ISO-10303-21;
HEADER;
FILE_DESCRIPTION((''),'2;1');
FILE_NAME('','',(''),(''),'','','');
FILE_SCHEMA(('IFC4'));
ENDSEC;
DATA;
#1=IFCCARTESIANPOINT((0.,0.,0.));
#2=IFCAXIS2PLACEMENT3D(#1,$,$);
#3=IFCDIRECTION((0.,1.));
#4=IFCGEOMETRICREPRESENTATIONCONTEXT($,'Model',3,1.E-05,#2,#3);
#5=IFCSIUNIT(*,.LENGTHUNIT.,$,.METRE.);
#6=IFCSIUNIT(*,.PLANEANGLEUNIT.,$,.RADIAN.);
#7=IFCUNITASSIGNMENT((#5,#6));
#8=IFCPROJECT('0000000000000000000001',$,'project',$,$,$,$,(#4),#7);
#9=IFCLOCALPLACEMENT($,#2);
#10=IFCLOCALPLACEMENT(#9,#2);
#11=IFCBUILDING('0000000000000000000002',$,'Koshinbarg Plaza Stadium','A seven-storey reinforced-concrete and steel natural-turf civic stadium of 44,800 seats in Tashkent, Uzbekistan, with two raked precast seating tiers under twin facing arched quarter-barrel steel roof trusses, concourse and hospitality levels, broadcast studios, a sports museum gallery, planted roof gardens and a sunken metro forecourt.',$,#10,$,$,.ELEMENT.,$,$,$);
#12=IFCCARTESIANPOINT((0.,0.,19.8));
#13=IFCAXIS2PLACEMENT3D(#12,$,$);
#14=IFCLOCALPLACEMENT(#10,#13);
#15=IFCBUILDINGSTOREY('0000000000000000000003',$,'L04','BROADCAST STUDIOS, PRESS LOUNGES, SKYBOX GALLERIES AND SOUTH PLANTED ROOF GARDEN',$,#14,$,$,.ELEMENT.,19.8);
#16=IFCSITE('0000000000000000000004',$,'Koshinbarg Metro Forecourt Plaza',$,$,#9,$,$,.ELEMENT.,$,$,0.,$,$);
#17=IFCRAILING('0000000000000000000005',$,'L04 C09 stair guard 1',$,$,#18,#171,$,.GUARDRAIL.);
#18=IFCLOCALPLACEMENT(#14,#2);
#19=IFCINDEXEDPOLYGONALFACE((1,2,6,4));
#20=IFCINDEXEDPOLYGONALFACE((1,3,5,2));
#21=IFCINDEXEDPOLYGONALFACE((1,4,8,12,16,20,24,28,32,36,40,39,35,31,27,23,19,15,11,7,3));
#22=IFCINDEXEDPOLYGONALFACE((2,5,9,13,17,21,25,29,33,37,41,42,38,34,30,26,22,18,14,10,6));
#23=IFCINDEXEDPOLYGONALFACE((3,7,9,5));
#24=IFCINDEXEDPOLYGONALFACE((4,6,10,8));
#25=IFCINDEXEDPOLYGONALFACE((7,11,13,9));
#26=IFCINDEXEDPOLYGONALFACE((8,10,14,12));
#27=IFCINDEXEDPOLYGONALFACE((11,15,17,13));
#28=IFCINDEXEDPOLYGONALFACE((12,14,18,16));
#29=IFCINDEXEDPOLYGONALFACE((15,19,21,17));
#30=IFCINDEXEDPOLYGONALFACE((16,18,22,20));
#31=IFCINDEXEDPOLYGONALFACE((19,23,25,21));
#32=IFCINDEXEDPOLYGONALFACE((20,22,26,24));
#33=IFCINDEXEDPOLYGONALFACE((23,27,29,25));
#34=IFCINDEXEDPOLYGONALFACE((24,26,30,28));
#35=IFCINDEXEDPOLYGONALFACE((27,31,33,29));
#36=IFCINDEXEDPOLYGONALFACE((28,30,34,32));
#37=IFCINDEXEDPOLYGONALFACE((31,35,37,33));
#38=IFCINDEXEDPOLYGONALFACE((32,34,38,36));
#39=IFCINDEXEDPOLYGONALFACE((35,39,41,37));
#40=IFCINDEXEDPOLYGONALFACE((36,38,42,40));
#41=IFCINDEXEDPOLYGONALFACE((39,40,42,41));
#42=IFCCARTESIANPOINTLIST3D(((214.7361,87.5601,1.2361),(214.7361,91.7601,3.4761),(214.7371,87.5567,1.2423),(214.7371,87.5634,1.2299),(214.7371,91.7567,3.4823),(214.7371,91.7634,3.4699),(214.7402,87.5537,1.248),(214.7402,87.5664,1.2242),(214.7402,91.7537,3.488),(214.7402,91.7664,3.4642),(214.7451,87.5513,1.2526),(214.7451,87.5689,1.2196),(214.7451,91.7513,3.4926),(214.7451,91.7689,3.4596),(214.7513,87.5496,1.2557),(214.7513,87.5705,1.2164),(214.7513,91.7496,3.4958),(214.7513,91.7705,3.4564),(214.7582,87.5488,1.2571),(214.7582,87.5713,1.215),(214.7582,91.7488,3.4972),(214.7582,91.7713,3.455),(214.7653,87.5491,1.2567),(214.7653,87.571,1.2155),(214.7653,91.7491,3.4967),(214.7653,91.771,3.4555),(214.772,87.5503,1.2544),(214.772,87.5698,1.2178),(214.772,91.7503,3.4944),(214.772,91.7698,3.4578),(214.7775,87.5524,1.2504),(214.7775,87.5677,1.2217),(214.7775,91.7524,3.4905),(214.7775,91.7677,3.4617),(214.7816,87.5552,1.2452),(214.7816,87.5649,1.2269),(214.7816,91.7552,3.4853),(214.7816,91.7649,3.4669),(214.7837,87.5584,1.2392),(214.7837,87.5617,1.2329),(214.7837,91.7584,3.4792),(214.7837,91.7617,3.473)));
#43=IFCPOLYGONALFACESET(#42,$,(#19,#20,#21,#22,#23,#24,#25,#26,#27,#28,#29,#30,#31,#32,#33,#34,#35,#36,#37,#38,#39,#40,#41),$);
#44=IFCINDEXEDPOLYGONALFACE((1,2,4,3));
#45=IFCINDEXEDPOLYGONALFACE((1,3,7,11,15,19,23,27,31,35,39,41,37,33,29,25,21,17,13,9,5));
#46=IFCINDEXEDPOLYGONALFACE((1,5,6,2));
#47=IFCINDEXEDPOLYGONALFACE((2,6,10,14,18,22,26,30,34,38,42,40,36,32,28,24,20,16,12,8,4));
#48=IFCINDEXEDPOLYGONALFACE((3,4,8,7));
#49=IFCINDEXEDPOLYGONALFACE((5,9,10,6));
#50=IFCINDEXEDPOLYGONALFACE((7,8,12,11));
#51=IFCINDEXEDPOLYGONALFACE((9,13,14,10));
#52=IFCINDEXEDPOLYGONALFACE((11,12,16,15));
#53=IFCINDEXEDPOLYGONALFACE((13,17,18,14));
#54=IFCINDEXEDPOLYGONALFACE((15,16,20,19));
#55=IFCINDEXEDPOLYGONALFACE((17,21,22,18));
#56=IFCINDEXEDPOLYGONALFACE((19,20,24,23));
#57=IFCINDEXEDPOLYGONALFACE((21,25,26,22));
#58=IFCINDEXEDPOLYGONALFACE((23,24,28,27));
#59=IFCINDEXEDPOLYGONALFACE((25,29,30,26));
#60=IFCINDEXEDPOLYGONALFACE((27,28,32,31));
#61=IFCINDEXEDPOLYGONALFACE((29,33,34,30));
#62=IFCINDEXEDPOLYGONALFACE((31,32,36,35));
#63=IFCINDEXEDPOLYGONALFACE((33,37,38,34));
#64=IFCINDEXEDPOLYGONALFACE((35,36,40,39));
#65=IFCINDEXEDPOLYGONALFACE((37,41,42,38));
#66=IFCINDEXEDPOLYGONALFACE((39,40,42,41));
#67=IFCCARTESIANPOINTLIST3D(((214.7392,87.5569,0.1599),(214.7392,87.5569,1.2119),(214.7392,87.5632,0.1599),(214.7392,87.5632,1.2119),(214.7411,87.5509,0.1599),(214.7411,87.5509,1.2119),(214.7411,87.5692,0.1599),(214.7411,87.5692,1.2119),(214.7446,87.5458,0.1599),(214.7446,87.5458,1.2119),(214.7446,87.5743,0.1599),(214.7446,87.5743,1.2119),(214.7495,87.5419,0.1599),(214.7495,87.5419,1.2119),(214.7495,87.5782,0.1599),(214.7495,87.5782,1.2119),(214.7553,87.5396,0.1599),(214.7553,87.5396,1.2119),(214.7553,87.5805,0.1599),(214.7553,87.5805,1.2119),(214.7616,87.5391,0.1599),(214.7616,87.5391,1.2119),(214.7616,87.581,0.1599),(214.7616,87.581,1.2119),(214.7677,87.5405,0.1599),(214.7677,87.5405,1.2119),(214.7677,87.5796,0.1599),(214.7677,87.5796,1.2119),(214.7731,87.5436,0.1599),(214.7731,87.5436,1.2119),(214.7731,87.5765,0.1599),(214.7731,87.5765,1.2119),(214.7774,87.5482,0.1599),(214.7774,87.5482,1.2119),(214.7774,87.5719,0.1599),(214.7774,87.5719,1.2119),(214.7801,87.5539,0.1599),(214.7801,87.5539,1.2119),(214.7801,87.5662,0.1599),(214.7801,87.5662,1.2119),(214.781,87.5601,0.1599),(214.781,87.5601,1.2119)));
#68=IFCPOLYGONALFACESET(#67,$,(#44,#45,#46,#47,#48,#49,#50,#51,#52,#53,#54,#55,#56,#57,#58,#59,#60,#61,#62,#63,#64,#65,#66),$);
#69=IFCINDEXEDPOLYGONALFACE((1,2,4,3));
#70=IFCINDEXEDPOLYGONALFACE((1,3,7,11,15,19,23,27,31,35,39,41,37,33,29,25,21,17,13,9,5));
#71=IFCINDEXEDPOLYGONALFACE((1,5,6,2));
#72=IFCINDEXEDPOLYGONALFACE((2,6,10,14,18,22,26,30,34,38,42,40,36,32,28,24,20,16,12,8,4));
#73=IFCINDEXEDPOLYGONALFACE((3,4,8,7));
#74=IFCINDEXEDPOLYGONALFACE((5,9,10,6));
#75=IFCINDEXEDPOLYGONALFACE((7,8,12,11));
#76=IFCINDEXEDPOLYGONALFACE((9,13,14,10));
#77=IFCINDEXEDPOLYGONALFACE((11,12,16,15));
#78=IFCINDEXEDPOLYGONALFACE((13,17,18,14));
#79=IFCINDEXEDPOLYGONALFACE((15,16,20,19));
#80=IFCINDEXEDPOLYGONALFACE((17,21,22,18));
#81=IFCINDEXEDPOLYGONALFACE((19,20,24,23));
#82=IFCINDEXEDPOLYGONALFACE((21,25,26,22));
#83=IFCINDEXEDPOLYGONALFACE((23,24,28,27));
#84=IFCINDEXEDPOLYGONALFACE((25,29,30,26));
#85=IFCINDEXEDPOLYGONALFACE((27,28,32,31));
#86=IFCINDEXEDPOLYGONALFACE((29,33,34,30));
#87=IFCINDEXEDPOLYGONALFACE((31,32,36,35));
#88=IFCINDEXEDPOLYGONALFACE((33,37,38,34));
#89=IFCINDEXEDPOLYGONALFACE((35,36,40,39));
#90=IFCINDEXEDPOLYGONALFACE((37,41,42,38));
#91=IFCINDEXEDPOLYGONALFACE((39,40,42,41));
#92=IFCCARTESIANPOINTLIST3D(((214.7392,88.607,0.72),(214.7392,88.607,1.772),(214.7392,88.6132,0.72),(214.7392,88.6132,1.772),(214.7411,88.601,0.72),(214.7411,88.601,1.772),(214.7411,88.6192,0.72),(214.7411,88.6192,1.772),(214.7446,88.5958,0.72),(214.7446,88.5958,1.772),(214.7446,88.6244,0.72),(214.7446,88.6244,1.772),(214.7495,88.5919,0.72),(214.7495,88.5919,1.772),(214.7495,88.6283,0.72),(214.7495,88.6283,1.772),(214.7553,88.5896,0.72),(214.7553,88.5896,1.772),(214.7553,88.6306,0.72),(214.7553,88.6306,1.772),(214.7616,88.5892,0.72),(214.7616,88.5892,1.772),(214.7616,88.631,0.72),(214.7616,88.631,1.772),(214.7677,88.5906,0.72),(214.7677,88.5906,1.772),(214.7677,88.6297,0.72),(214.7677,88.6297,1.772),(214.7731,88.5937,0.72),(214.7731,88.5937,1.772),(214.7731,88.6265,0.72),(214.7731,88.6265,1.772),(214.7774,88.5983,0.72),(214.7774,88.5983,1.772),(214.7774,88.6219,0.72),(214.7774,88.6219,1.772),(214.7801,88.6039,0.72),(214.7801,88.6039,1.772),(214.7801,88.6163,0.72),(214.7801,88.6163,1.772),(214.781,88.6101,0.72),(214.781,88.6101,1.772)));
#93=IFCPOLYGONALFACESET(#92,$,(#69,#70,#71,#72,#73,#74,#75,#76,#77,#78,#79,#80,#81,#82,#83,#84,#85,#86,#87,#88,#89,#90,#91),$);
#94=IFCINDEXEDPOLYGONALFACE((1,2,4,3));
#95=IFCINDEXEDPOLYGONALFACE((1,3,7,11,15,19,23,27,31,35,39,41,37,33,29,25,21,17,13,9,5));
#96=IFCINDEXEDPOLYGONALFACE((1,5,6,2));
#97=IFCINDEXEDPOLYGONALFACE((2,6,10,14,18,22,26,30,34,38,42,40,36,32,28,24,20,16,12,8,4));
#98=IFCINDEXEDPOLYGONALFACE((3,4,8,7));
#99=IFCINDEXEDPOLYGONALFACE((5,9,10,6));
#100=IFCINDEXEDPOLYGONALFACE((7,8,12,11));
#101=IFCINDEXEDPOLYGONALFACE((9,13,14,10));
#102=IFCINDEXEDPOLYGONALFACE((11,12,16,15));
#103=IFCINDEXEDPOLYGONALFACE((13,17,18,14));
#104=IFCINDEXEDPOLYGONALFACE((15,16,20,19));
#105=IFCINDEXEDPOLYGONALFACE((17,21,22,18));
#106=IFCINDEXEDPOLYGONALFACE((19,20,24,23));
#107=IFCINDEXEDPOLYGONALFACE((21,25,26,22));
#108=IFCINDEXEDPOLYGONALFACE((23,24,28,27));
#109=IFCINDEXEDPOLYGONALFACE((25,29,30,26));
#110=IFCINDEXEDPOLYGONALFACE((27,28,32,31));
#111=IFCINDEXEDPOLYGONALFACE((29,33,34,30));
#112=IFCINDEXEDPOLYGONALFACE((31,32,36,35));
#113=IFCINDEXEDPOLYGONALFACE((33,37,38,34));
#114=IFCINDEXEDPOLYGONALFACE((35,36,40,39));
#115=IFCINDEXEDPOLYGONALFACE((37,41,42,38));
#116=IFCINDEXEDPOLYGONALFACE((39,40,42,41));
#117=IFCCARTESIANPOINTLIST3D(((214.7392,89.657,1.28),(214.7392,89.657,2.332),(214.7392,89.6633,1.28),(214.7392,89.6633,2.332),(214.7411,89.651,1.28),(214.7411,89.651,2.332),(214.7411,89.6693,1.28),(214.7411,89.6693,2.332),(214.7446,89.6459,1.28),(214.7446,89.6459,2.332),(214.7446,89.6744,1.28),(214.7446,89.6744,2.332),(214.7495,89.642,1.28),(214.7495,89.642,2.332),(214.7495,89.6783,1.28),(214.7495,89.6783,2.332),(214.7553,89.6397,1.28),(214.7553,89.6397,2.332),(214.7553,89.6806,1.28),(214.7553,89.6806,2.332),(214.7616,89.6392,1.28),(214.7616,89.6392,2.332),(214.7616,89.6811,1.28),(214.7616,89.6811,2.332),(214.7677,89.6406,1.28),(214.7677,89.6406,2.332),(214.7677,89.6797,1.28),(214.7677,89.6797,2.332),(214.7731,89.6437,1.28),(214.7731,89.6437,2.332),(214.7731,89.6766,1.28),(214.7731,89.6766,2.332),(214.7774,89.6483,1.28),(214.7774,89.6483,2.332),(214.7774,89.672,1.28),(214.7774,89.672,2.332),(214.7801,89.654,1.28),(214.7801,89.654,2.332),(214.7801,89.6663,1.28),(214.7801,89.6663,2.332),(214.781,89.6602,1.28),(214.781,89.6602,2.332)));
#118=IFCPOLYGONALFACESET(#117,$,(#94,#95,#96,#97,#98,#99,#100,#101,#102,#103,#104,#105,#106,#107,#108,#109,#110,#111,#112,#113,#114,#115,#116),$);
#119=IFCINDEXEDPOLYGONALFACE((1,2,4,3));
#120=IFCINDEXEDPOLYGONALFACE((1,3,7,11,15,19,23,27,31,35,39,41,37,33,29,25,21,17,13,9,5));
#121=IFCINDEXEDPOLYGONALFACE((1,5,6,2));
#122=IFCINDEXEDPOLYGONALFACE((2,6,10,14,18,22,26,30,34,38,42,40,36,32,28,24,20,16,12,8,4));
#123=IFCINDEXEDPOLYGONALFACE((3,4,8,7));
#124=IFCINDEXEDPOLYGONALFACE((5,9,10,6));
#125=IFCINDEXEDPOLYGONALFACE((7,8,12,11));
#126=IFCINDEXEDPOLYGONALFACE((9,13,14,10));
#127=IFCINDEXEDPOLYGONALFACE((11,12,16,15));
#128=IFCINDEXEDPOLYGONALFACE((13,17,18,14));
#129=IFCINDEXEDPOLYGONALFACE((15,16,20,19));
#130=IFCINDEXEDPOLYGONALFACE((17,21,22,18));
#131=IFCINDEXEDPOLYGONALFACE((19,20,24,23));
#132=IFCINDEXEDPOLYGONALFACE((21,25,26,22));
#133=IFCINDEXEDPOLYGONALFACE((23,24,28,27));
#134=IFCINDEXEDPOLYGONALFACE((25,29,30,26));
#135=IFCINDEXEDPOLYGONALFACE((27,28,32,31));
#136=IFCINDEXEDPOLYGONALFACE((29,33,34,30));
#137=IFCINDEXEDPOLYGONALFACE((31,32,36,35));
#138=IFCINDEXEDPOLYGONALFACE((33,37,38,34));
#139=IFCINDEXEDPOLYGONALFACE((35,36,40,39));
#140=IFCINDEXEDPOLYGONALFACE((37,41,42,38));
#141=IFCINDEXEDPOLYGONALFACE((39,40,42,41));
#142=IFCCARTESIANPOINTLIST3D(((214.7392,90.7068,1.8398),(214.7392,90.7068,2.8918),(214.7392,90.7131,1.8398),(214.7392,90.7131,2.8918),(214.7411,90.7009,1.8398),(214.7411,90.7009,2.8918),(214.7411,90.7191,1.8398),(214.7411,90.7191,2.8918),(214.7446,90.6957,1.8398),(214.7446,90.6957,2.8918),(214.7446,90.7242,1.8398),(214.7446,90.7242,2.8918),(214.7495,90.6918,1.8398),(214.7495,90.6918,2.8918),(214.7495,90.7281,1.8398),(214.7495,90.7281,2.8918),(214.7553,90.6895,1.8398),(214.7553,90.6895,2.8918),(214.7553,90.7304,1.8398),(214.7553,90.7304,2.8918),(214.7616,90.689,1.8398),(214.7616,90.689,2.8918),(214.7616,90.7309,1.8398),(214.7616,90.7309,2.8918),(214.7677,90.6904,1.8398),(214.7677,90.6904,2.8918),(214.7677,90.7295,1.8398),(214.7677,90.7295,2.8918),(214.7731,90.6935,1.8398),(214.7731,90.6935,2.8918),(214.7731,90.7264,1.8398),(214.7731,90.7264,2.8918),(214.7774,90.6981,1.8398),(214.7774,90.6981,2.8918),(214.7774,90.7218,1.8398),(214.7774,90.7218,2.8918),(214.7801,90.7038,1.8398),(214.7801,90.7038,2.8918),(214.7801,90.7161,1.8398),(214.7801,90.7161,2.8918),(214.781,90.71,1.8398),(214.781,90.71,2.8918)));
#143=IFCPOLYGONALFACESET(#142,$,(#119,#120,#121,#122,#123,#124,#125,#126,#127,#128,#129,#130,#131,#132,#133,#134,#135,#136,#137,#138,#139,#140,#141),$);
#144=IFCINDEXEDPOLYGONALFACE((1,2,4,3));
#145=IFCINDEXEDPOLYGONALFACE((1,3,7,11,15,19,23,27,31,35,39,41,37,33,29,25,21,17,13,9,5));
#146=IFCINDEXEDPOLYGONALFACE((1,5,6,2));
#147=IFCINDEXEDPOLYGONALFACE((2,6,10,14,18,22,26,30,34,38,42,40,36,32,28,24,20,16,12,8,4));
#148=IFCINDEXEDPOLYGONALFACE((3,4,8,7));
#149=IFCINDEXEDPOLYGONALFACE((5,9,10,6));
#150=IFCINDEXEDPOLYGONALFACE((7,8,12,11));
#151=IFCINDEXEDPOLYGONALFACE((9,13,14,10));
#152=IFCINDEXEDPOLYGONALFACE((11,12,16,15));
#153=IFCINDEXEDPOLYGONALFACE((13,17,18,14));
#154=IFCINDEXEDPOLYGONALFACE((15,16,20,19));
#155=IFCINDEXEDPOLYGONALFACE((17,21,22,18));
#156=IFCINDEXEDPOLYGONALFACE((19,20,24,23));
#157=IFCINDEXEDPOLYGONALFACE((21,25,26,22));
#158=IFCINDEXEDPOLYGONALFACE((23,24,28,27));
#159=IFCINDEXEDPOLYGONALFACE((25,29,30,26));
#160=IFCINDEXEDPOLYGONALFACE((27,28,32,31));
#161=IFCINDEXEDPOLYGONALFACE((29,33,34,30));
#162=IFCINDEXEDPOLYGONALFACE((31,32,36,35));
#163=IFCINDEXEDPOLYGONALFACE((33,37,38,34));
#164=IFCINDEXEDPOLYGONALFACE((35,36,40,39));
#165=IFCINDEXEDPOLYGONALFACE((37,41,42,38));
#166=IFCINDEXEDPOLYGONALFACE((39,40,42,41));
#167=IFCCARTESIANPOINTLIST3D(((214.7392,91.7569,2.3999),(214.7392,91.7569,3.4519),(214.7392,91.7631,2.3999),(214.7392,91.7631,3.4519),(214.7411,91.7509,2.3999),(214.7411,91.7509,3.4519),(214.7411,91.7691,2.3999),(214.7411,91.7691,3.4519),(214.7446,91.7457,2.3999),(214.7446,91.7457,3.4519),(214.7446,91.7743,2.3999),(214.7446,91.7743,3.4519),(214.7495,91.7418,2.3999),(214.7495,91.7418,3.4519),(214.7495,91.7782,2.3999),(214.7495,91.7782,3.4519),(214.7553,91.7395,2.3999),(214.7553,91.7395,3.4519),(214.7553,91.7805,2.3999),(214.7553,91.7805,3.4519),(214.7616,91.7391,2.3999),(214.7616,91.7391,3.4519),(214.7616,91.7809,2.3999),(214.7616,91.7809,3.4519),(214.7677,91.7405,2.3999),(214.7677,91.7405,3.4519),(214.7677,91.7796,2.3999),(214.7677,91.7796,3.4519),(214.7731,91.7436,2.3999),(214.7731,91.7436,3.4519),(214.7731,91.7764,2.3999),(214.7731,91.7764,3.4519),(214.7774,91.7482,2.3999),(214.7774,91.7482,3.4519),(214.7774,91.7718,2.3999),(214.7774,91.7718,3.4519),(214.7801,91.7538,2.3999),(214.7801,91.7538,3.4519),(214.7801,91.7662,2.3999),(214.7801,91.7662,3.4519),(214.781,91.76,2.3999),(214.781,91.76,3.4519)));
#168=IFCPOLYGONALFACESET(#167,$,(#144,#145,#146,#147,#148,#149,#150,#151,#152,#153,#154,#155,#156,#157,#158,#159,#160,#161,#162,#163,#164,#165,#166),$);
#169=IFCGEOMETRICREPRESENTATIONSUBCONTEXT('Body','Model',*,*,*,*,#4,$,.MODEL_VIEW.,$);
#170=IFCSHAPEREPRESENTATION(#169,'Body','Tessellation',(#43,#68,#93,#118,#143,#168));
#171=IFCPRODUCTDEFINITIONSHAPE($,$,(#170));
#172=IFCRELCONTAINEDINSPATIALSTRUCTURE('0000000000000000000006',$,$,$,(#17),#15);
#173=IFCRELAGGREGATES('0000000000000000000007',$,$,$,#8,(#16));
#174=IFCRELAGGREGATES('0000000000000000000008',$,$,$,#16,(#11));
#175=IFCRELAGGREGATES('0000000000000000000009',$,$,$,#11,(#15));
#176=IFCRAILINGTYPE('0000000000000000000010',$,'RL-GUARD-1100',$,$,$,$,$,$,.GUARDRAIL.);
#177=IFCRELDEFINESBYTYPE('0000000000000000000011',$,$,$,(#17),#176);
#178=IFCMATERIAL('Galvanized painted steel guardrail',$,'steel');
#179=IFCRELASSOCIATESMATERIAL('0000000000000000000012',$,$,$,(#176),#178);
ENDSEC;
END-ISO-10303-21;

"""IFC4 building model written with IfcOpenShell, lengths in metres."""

from ifc_helpers import new_model, si_unit, direction, frame, origin, origin_2d, place, context, subcontext, project, spatial, circle, extrude, material, type_object, element, save


model = new_model("IFC4")

# Units and contexts
model_context = context("Model", 3, precision=1e-05, world=origin(), true_north=direction((0.0, 1.0)))
body_context = subcontext(model_context, "Body", "Model", "MODEL_VIEW")
ifc_project = project(units=[si_unit("LENGTHUNIT", "METRE"), si_unit("PLANEANGLEUNIT", "RADIAN")], contexts=[model_context])

# Site, building, storey
site_placement = place(None, origin())
site = spatial("IfcSite", under=ifc_project, at=site_placement, Name="Koshinbarg Metro Forecourt Plaza", CompositionType="ELEMENT", RefElevation=0.0)
building_placement = place(site_placement, origin())
building = spatial("IfcBuilding", under=site, at=building_placement, Name="Koshinbarg Plaza Stadium", Description="A seven-storey reinforced-concrete and steel natural-turf civic stadium of 44,800 seats in Tashkent, Uzbekistan, with two raked precast seating tiers under twin facing arched quarter-barrel steel roof trusses, concourse and hospitality levels, broadcast studios, a sports museum gallery, planted roof gardens and a sunken metro forecourt.", CompositionType="ELEMENT")
storey_placement = place(building_placement, frame((0.0, 0.0, 19.8)))
storey = spatial("IfcBuildingStorey", under=building, at=storey_placement, Name="L04", Description="BROADCAST STUDIOS, PRESS LOUNGES, SKYBOX GALLERIES AND SOUTH PLANTED ROOF GARDEN", CompositionType="ELEMENT", Elevation=19.8)

# Railing
ifc_material_1 = material(Name="Galvanized painted steel guardrail", Category="steel")
railing_type_1 = type_object("IfcRailingType", Name="RL-GUARD-1100", PredefinedType="GUARDRAIL", material=ifc_material_1)
railing_1_placement = place(storey_placement, frame((214.76, 87.5601, 0.1599)))
element("IfcRailing", 1, at=railing_1_placement, inside=storey, type_object=railing_type_1, Name="L04 C09 stair guard 1", PredefinedType="GUARDRAIL", context=body_context, shape_type="SweptSolid", body=[
    extrude(circle(Radius=0.0239, at=origin_2d()), frame((0.0, 0.0, 1.0762), z_axis=(0.0, 0.882352, 0.470591), x_axis=(-1.0, 0.0, 0.0)), (0.0, 0.0, 1.0), 4.76),
    extrude(circle(Radius=0.021, at=origin_2d()), origin(), (0.0, 0.0, 1.0), 1.052),
    extrude(circle(Radius=0.021, at=origin_2d()), frame((0.0, 1.05, 0.5601)), (0.0, 0.0, 1.0), 1.052),
    extrude(circle(Radius=0.021, at=origin_2d()), frame((0.0, 2.1001, 1.1201)), (0.0, 0.0, 1.0), 1.052),
    extrude(circle(Radius=0.021, at=origin_2d()), frame((0.0, 3.1499, 1.6799)), (0.0, 0.0, 1.0), 1.052),
    extrude(circle(Radius=0.021, at=origin_2d()), frame((0.0, 4.2, 2.24)), (0.0, 0.0, 1.0), 1.052),
])

save(model, "model.ifc")
